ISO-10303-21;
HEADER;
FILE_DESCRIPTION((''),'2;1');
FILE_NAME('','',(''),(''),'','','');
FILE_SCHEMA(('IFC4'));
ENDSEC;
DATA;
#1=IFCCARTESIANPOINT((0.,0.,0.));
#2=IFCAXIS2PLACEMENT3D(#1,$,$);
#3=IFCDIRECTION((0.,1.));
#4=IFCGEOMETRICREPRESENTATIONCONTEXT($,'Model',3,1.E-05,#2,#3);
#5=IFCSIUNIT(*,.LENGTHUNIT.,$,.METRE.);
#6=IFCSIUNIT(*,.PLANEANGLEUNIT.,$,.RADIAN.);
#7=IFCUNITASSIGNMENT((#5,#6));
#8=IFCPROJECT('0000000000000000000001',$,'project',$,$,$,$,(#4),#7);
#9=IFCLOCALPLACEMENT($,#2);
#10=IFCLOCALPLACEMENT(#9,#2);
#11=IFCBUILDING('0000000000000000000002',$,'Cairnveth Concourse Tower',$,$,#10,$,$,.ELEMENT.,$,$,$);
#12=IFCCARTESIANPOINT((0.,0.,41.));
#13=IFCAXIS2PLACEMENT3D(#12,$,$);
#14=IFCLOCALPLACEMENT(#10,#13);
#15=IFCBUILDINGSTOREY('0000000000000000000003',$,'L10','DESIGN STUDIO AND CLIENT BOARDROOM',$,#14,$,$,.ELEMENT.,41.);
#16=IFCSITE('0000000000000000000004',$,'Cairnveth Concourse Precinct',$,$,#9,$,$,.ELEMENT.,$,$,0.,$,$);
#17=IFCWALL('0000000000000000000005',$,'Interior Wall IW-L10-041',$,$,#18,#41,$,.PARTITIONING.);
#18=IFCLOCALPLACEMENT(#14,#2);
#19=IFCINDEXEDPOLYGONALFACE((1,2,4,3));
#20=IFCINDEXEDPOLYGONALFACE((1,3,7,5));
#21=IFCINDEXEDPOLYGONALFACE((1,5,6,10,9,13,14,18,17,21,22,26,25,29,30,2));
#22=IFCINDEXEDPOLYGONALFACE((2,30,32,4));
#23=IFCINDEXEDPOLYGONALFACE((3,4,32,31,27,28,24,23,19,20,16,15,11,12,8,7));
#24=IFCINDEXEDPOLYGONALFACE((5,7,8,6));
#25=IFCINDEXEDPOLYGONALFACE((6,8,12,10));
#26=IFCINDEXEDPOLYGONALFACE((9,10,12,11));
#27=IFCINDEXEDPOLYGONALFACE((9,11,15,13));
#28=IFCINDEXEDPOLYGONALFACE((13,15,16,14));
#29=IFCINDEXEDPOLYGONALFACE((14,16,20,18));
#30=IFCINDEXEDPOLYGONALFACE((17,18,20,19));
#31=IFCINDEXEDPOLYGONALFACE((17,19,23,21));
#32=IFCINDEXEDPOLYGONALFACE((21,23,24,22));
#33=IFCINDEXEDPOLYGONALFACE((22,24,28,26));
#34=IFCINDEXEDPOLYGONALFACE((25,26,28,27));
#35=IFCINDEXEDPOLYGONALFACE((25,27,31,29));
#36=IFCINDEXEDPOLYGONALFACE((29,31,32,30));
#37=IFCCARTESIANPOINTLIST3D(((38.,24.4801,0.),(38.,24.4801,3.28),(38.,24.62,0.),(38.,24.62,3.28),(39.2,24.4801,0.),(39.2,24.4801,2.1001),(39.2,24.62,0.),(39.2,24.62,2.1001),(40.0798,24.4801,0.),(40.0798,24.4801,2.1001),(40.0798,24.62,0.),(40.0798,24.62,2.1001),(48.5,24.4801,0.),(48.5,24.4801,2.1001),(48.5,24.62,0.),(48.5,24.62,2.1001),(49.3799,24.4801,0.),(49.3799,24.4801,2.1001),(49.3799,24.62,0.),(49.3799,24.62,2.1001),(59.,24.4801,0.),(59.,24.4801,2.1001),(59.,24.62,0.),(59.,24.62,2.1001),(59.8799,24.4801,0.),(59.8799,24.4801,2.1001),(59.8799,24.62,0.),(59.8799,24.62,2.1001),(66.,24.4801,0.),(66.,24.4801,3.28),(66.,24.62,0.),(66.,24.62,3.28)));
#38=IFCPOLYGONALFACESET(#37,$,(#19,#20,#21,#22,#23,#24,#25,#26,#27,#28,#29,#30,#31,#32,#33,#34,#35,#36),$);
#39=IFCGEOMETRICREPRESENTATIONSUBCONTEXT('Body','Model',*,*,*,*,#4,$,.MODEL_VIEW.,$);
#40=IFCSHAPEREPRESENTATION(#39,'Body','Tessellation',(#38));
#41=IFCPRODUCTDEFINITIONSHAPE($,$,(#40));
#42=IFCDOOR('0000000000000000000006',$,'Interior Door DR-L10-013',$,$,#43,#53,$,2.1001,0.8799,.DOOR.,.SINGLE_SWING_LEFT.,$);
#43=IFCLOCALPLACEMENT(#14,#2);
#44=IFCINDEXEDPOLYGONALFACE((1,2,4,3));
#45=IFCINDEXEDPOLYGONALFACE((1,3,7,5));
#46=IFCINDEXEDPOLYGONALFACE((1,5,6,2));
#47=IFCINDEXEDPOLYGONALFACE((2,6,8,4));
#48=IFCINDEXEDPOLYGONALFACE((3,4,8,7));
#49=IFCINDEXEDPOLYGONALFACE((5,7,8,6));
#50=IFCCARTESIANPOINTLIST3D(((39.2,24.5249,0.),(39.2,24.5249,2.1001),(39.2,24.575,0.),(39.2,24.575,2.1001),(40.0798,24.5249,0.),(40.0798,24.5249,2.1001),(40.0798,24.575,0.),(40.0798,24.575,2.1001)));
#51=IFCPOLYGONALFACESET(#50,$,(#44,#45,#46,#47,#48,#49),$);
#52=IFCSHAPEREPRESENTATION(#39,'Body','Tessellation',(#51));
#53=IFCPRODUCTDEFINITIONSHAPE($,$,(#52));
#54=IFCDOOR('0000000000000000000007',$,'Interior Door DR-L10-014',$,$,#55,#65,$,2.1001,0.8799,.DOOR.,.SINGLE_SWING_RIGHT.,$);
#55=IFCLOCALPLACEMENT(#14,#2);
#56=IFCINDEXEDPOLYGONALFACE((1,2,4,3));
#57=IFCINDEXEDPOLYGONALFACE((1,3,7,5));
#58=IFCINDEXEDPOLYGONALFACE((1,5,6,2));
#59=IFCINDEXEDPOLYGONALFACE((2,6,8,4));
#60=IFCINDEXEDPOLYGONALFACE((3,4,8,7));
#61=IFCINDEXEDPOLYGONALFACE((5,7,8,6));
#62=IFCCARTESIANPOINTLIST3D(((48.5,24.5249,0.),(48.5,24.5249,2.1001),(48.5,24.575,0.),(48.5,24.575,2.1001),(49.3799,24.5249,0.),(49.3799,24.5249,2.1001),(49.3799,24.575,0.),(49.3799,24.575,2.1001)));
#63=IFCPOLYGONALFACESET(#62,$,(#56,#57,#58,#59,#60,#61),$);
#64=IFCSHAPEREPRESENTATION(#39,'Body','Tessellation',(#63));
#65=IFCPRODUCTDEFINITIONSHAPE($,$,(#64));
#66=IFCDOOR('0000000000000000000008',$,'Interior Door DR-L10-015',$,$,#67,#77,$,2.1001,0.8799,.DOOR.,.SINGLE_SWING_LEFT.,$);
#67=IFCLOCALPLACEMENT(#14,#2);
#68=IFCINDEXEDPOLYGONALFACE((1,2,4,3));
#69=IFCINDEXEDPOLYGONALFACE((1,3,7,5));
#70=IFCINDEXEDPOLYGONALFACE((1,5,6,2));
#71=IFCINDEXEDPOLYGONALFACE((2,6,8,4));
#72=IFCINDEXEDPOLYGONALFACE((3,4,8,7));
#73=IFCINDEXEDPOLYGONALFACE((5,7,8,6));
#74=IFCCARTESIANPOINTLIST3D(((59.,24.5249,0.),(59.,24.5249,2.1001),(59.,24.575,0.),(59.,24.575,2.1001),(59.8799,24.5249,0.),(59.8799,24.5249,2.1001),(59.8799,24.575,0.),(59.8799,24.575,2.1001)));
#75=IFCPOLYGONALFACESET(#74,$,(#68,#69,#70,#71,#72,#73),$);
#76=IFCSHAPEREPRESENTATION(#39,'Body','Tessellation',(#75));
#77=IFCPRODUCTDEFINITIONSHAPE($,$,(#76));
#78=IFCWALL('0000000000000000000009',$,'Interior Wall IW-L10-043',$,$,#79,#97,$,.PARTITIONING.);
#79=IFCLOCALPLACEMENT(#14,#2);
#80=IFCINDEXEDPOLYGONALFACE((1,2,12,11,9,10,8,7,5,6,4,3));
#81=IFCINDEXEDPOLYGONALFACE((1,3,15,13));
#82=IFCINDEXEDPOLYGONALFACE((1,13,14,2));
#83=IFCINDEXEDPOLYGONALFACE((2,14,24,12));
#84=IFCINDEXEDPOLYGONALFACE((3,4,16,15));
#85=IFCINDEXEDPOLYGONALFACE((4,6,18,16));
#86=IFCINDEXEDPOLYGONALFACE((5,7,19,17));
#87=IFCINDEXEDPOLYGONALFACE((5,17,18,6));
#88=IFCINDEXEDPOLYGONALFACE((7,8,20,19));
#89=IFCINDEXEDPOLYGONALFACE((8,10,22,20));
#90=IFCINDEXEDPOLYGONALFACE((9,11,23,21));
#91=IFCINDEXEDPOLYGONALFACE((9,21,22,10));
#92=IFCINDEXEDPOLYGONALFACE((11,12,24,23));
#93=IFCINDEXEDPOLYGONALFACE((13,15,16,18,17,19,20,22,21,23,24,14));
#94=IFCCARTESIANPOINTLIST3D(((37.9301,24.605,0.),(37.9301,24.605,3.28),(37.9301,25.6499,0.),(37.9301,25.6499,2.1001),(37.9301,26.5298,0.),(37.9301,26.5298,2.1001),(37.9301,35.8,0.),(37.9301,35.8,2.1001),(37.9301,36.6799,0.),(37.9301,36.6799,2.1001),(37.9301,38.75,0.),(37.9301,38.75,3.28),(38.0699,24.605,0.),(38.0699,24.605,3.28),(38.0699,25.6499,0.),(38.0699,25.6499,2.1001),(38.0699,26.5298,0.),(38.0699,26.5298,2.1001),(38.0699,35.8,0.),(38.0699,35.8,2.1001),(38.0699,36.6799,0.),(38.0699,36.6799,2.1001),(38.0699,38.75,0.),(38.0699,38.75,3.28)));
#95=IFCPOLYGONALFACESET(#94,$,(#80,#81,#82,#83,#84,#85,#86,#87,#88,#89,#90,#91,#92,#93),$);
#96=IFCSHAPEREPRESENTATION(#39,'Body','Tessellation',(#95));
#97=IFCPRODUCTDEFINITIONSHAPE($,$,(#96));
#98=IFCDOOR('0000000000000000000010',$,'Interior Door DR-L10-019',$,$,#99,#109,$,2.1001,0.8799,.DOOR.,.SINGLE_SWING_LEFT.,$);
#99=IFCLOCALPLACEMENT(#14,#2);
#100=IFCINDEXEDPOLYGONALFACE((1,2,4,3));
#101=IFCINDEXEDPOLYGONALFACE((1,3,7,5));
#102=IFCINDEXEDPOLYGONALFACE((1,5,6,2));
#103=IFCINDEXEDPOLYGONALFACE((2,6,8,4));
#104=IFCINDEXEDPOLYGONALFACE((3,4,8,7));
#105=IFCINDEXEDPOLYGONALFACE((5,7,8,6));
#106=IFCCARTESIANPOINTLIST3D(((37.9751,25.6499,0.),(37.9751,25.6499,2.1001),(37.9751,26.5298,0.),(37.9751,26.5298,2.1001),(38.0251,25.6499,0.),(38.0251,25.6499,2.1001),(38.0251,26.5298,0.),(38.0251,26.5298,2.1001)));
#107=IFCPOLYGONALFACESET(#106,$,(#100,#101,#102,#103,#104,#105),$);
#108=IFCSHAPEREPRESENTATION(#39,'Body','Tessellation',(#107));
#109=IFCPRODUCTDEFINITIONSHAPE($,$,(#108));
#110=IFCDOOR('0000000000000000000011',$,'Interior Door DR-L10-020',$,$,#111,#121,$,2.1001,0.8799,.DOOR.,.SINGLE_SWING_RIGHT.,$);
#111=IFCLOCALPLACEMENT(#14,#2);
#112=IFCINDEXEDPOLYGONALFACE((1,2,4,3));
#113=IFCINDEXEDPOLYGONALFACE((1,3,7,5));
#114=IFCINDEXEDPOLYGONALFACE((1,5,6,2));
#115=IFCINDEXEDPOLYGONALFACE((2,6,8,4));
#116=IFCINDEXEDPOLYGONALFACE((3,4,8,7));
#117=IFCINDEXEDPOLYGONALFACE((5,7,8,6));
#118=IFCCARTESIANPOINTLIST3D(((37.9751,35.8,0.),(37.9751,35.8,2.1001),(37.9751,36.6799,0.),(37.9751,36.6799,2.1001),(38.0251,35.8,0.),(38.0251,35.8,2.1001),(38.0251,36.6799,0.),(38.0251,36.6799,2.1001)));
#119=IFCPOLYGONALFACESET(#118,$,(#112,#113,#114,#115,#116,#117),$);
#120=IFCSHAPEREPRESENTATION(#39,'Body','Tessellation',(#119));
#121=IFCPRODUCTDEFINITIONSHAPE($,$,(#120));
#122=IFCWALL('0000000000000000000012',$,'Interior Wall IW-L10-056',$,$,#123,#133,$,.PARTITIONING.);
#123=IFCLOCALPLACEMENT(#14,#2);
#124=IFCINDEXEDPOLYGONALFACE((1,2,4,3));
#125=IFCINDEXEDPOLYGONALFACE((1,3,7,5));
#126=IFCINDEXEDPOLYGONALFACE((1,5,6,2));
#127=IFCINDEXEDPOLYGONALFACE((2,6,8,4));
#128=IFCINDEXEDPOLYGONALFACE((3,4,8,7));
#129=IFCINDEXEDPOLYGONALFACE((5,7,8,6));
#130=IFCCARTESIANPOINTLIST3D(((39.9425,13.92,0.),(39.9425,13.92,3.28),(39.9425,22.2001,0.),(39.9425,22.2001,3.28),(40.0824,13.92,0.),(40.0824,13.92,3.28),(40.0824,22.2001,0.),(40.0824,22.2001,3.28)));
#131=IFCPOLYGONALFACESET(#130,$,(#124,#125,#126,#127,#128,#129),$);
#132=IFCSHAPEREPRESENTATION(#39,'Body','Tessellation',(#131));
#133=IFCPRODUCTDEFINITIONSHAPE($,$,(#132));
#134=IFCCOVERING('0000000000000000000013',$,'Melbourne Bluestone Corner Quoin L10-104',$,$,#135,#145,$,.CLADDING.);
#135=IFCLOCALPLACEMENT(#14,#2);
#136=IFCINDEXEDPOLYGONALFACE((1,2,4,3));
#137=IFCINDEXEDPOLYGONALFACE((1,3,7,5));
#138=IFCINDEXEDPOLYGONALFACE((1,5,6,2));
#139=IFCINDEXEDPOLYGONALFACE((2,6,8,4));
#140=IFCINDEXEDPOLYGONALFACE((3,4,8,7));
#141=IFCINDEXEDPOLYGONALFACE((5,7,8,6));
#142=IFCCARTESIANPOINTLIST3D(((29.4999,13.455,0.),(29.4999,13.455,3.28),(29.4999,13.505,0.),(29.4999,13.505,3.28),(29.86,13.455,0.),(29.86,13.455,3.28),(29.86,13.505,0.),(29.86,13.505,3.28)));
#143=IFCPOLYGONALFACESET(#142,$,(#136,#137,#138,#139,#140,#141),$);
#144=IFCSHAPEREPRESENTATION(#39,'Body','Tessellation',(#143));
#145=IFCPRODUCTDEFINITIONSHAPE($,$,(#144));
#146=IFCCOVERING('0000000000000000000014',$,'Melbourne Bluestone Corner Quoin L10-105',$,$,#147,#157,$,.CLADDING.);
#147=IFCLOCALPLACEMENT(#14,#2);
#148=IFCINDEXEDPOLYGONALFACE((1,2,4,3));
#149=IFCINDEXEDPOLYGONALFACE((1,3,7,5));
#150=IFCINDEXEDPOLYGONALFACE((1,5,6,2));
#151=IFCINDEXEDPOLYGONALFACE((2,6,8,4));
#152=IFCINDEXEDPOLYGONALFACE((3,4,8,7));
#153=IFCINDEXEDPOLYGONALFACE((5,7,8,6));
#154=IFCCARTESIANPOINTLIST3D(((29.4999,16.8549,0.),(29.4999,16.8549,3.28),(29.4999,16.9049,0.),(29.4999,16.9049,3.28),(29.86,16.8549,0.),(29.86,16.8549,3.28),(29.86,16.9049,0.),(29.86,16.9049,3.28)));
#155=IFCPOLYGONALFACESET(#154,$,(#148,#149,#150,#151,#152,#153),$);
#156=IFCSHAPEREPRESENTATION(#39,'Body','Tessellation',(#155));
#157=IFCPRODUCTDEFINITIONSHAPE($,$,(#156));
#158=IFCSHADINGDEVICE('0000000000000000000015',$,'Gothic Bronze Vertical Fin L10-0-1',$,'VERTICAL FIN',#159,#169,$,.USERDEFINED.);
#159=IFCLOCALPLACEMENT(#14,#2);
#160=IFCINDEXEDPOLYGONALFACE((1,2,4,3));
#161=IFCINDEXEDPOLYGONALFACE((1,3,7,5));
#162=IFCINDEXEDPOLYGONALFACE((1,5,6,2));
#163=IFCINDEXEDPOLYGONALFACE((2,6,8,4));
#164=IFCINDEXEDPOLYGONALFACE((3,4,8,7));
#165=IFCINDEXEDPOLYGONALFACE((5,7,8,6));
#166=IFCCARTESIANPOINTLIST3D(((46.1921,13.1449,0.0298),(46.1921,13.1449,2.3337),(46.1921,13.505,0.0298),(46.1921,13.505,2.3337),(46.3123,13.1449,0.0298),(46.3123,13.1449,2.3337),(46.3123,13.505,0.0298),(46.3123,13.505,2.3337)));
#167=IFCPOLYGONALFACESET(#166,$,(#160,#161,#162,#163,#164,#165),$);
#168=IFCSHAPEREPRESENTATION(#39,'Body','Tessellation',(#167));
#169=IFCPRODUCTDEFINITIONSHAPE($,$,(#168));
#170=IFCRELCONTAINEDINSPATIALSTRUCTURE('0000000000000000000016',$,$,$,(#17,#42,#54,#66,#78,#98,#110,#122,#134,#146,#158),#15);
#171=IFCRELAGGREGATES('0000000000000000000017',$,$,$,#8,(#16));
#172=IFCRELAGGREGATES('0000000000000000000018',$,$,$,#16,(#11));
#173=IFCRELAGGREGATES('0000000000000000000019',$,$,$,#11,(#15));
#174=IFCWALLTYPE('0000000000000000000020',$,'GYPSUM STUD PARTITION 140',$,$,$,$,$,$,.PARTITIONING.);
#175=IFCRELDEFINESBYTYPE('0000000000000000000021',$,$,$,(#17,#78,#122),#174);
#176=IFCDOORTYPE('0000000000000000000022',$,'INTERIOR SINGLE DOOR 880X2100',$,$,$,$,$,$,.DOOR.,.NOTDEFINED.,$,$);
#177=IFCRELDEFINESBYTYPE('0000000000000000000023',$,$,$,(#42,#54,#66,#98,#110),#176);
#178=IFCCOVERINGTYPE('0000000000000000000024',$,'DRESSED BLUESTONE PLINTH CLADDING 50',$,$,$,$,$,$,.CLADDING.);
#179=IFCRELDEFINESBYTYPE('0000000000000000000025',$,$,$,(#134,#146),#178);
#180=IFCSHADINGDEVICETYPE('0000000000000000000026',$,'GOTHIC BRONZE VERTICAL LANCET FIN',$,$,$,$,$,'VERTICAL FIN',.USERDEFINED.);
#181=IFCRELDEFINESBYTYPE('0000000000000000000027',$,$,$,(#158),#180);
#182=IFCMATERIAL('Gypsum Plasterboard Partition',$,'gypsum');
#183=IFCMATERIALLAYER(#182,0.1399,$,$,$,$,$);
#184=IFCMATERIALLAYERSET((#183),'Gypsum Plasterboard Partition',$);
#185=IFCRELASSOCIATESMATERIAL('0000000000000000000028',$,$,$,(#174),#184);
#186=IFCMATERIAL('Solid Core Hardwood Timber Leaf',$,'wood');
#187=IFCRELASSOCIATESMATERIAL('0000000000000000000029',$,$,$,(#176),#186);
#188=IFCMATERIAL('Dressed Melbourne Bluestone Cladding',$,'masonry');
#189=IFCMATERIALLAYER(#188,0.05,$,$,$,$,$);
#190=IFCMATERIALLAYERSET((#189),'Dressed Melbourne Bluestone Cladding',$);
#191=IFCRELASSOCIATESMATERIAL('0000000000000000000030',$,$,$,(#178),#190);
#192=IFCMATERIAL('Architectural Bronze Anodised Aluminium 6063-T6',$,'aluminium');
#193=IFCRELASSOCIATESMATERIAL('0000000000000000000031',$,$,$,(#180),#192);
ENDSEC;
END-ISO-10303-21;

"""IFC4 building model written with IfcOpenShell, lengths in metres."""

from ifc_helpers import new_model, si_unit, direction, frame, frame_2d, origin, origin_2d, place, context, subcontext, project, spatial, rectangle, extrude, material, layer, layer_set, type_object, element, fill, save


model = new_model("IFC4")

# Units and contexts
model_context = context("Model", 3, precision=1e-05, world=origin(), true_north=direction((0.0, 1.0)))
body_context = subcontext(model_context, "Body", "Model", "MODEL_VIEW")
ifc_project = project(units=[si_unit("LENGTHUNIT", "METRE"), si_unit("PLANEANGLEUNIT", "RADIAN")], contexts=[model_context])

# Site, building, storey
site_placement = place(None, origin())
site = spatial("IfcSite", under=ifc_project, at=site_placement, Name="Cairnveth Concourse Precinct", CompositionType="ELEMENT", RefElevation=0.0)
building_placement = place(site_placement, origin())
building = spatial("IfcBuilding", under=site, at=building_placement, Name="Cairnveth Concourse Tower", CompositionType="ELEMENT")
storey_placement = place(building_placement, frame((0.0, 0.0, 41.0)))
storey = spatial("IfcBuildingStorey", under=building, at=storey_placement, Name="L10", Description="DESIGN STUDIO AND CLIENT BOARDROOM", CompositionType="ELEMENT", Elevation=41.0)

# Walls, openings, doors
ifc_material_1 = material(Name="Gypsum Plasterboard Partition", Category="gypsum")
ifc_layer_1 = layer(ifc_material_1, 0.1399)
ifc_layer_set_1 = layer_set([ifc_layer_1], Name="Gypsum Plasterboard Partition")
wall_type = type_object("IfcWallType", Name="GYPSUM STUD PARTITION 140", PredefinedType="PARTITIONING", material=ifc_layer_set_1)
ifc_material_2 = material(Name="Solid Core Hardwood Timber Leaf", Category="wood")
wall_1_placement = place(storey_placement, frame((38.0, 24.55, 0.0), z_axis=(0.0, 0.0, 1.0), x_axis=(1.0, 0.0, 0.0)))
wall_1 = element("IfcWall", 1, at=wall_1_placement, inside=storey, type_object=wall_type, Name="Interior Wall IW-L10-041", PredefinedType="PARTITIONING", context=body_context, shape_type="SweptSolid", body=[
    extrude(rectangle(XDim=28.0, YDim=0.1399, at=frame_2d((14.0, 0.0))), origin(), (0.0, 0.0, 1.0), 3.28),
])
opening_1_placement = place(wall_1_placement, frame((1.2, 0.0, 0.0)))
opening_1 = element("IfcOpeningElement", 2, at=opening_1_placement, cuts=wall_1, PredefinedType="OPENING", context=body_context, shape_type="SweptSolid", body=[
    extrude(rectangle(XDim=0.8799, YDim=2.1001, at=frame_2d((0.4399, 1.05))), frame((0.0, 0.0798, 0.0), z_axis=(0.0, -1.0, 0.0), x_axis=(1.0, 0.0, 0.0)), (0.0, 0.0, 1.0), 0.1599),
])
opening_2_placement = place(wall_1_placement, frame((10.5, 0.0, 0.0)))
opening_2 = element("IfcOpeningElement", 3, at=opening_2_placement, cuts=wall_1, PredefinedType="OPENING", context=body_context, shape_type="SweptSolid", body=[
    extrude(rectangle(XDim=0.8799, YDim=2.1001, at=frame_2d((0.4399, 1.05))), frame((0.0, 0.0798, 0.0), z_axis=(0.0, -1.0, 0.0), x_axis=(1.0, 0.0, 0.0)), (0.0, 0.0, 1.0), 0.1599),
])
opening_3_placement = place(wall_1_placement, frame((21.0, 0.0, 0.0)))
opening_3 = element("IfcOpeningElement", 4, at=opening_3_placement, cuts=wall_1, PredefinedType="OPENING", context=body_context, shape_type="SweptSolid", body=[
    extrude(rectangle(XDim=0.8799, YDim=2.1001, at=frame_2d((0.4399, 1.05))), frame((0.0, 0.0798, 0.0), z_axis=(0.0, -1.0, 0.0), x_axis=(1.0, 0.0, 0.0)), (0.0, 0.0, 1.0), 0.1599),
])
door_type_1 = type_object("IfcDoorType", Name="INTERIOR SINGLE DOOR 880X2100", OperationType="NOTDEFINED", PredefinedType="DOOR", material=ifc_material_2)
door_1_placement = place(opening_1_placement, origin())
door_1 = element("IfcDoor", 5, at=door_1_placement, inside=storey, type_object=door_type_1, Name="Interior Door DR-L10-013", OperationType="SINGLE_SWING_LEFT", OverallHeight=2.1001, OverallWidth=0.8799, PredefinedType="DOOR", context=body_context, shape_type="SweptSolid", body=[
    extrude(rectangle(XDim=0.8799, YDim=2.1001, at=frame_2d((0.4399, 1.05))), frame((0.0, 0.0249, 0.0), z_axis=(0.0, -1.0, 0.0), x_axis=(1.0, 0.0, 0.0)), (0.0, 0.0, 1.0), 0.05),
])
fill(opening_1, door_1)
door_2_placement = place(opening_2_placement, origin())
door_2 = element("IfcDoor", 6, at=door_2_placement, inside=storey, type_object=door_type_1, Name="Interior Door DR-L10-014", OperationType="SINGLE_SWING_RIGHT", OverallHeight=2.1001, OverallWidth=0.8799, PredefinedType="DOOR", context=body_context, shape_type="SweptSolid", body=[
    extrude(rectangle(XDim=0.8799, YDim=2.1001, at=frame_2d((0.4399, 1.05))), frame((0.0, 0.0249, 0.0), z_axis=(0.0, -1.0, 0.0), x_axis=(1.0, 0.0, 0.0)), (0.0, 0.0, 1.0), 0.05),
])
fill(opening_2, door_2)
door_3_placement = place(opening_3_placement, origin())
door_3 = element("IfcDoor", 7, at=door_3_placement, inside=storey, type_object=door_type_1, Name="Interior Door DR-L10-015", OperationType="SINGLE_SWING_LEFT", OverallHeight=2.1001, OverallWidth=0.8799, PredefinedType="DOOR", context=body_context, shape_type="SweptSolid", body=[
    extrude(rectangle(XDim=0.8799, YDim=2.1001, at=frame_2d((0.4399, 1.05))), frame((0.0, 0.0249, 0.0), z_axis=(0.0, -1.0, 0.0), x_axis=(1.0, 0.0, 0.0)), (0.0, 0.0, 1.0), 0.05),
])
fill(opening_3, door_3)
wall_2_placement = place(storey_placement, frame((38.0, 24.605, 0.0), z_axis=(0.0, 0.0, 1.0), x_axis=(0.0, 1.0, 0.0)))
wall_2 = element("IfcWall", 8, at=wall_2_placement, inside=storey, type_object=wall_type, Name="Interior Wall IW-L10-043", PredefinedType="PARTITIONING", context=body_context, shape_type="SweptSolid", body=[
    extrude(rectangle(XDim=14.145, YDim=0.1399, at=frame_2d((7.0725, 0.0))), origin(), (0.0, 0.0, 1.0), 3.28),
])
opening_4_placement = place(wall_2_placement, frame((1.0449, 0.0, 0.0)))
opening_4 = element("IfcOpeningElement", 9, at=opening_4_placement, cuts=wall_2, PredefinedType="OPENING", context=body_context, shape_type="SweptSolid", body=[
    extrude(rectangle(XDim=0.8799, YDim=2.1001, at=frame_2d((0.4399, 1.05))), frame((0.0, 0.0798, 0.0), z_axis=(0.0, -1.0, 0.0), x_axis=(1.0, 0.0, 0.0)), (0.0, 0.0, 1.0), 0.1599),
])
opening_5_placement = place(wall_2_placement, frame((11.1951, 0.0, 0.0)))
opening_5 = element("IfcOpeningElement", 10, at=opening_5_placement, cuts=wall_2, PredefinedType="OPENING", context=body_context, shape_type="SweptSolid", body=[
    extrude(rectangle(XDim=0.8799, YDim=2.1001, at=frame_2d((0.4399, 1.05))), frame((0.0, 0.0798, 0.0), z_axis=(0.0, -1.0, 0.0), x_axis=(1.0, 0.0, 0.0)), (0.0, 0.0, 1.0), 0.1599),
])
door_4_placement = place(opening_4_placement, origin())
door_4 = element("IfcDoor", 11, at=door_4_placement, inside=storey, type_object=door_type_1, Name="Interior Door DR-L10-019", OperationType="SINGLE_SWING_LEFT", OverallHeight=2.1001, OverallWidth=0.8799, PredefinedType="DOOR", context=body_context, shape_type="SweptSolid", body=[
    extrude(rectangle(XDim=0.8799, YDim=2.1001, at=frame_2d((0.4399, 1.05))), frame((0.0, 0.0249, 0.0), z_axis=(0.0, -1.0, 0.0), x_axis=(1.0, 0.0, 0.0)), (0.0, 0.0, 1.0), 0.05),
])
fill(opening_4, door_4)
door_5_placement = place(opening_5_placement, origin())
door_5 = element("IfcDoor", 12, at=door_5_placement, inside=storey, type_object=door_type_1, Name="Interior Door DR-L10-020", OperationType="SINGLE_SWING_RIGHT", OverallHeight=2.1001, OverallWidth=0.8799, PredefinedType="DOOR", context=body_context, shape_type="SweptSolid", body=[
    extrude(rectangle(XDim=0.8799, YDim=2.1001, at=frame_2d((0.4399, 1.05))), frame((0.0, 0.0249, 0.0), z_axis=(0.0, -1.0, 0.0), x_axis=(1.0, 0.0, 0.0)), (0.0, 0.0, 1.0), 0.05),
])
fill(opening_5, door_5)

# Wall
wall_3_placement = place(storey_placement, frame((40.0125, 13.9199, 0.0), z_axis=(0.0, 0.0, 1.0), x_axis=(0.0, 1.0, 0.0)))
element("IfcWall", 13, at=wall_3_placement, inside=storey, type_object=wall_type, Name="Interior Wall IW-L10-056", PredefinedType="PARTITIONING", context=body_context, shape_type="SweptSolid", body=[
    extrude(rectangle(XDim=8.28, YDim=0.1399, at=frame_2d((4.1401, 0.0))), origin(), (0.0, 0.0, 1.0), 3.28),
])

# Coverings
ifc_material_3 = material(Name="Dressed Melbourne Bluestone Cladding", Category="masonry")
ifc_layer_2 = layer(ifc_material_3, 0.05)
ifc_layer_set_2 = layer_set([ifc_layer_2], Name="Dressed Melbourne Bluestone Cladding")
covering_type = type_object("IfcCoveringType", Name="DRESSED BLUESTONE PLINTH CLADDING 50", PredefinedType="CLADDING", material=ifc_layer_set_2)
for number, where, z_axis, x_axis, name in (
    (14, (29.8601, 13.48, 0.0), (0.0, 0.0, 1.0), (-1.0, 0.0, 0.0), "Melbourne Bluestone Corner Quoin L10-104"),
    (15, (29.8601, 16.8799, 0.0), (0.0, 0.0, 1.0), (-1.0, 0.0, 0.0), "Melbourne Bluestone Corner Quoin L10-105"),
):
    element("IfcCovering", number, at=place(storey_placement, frame(where, z_axis=z_axis, x_axis=x_axis)), inside=storey, type_object=covering_type, Name=name, PredefinedType="CLADDING", context=body_context, shape_type="SweptSolid", body=[
        extrude(rectangle(XDim=0.3601, YDim=0.05, at=frame_2d((0.1802, 0.0))), origin(), (0.0, 0.0, 1.0), 3.28),
    ])

# Shading device
ifc_material_4 = material(Name="Architectural Bronze Anodised Aluminium 6063-T6", Category="aluminium")
shading_device_type = type_object("IfcShadingDeviceType", Name="GOTHIC BRONZE VERTICAL LANCET FIN", ElementType="VERTICAL FIN", PredefinedType="USERDEFINED", material=ifc_material_4)
for number, where, z_axis, x_axis, name in (
    (16, (46.2522, 13.325, 0.0298), (0.0, 0.0, 1.0), (1.0, 0.0, 0.0), "Gothic Bronze Vertical Fin L10-0-1"),
):
    element("IfcShadingDevice", number, at=place(storey_placement, frame(where, z_axis=z_axis, x_axis=x_axis)), inside=storey, type_object=shading_device_type, Name=name, ObjectType="VERTICAL FIN", PredefinedType="USERDEFINED", context=body_context, shape_type="SweptSolid", body=[
        extrude(rectangle(XDim=0.1201, YDim=0.3601, at=origin_2d()), origin(), (0.0, 0.0, 1.0), 2.304),
    ])

save(model, "model.ifc")
